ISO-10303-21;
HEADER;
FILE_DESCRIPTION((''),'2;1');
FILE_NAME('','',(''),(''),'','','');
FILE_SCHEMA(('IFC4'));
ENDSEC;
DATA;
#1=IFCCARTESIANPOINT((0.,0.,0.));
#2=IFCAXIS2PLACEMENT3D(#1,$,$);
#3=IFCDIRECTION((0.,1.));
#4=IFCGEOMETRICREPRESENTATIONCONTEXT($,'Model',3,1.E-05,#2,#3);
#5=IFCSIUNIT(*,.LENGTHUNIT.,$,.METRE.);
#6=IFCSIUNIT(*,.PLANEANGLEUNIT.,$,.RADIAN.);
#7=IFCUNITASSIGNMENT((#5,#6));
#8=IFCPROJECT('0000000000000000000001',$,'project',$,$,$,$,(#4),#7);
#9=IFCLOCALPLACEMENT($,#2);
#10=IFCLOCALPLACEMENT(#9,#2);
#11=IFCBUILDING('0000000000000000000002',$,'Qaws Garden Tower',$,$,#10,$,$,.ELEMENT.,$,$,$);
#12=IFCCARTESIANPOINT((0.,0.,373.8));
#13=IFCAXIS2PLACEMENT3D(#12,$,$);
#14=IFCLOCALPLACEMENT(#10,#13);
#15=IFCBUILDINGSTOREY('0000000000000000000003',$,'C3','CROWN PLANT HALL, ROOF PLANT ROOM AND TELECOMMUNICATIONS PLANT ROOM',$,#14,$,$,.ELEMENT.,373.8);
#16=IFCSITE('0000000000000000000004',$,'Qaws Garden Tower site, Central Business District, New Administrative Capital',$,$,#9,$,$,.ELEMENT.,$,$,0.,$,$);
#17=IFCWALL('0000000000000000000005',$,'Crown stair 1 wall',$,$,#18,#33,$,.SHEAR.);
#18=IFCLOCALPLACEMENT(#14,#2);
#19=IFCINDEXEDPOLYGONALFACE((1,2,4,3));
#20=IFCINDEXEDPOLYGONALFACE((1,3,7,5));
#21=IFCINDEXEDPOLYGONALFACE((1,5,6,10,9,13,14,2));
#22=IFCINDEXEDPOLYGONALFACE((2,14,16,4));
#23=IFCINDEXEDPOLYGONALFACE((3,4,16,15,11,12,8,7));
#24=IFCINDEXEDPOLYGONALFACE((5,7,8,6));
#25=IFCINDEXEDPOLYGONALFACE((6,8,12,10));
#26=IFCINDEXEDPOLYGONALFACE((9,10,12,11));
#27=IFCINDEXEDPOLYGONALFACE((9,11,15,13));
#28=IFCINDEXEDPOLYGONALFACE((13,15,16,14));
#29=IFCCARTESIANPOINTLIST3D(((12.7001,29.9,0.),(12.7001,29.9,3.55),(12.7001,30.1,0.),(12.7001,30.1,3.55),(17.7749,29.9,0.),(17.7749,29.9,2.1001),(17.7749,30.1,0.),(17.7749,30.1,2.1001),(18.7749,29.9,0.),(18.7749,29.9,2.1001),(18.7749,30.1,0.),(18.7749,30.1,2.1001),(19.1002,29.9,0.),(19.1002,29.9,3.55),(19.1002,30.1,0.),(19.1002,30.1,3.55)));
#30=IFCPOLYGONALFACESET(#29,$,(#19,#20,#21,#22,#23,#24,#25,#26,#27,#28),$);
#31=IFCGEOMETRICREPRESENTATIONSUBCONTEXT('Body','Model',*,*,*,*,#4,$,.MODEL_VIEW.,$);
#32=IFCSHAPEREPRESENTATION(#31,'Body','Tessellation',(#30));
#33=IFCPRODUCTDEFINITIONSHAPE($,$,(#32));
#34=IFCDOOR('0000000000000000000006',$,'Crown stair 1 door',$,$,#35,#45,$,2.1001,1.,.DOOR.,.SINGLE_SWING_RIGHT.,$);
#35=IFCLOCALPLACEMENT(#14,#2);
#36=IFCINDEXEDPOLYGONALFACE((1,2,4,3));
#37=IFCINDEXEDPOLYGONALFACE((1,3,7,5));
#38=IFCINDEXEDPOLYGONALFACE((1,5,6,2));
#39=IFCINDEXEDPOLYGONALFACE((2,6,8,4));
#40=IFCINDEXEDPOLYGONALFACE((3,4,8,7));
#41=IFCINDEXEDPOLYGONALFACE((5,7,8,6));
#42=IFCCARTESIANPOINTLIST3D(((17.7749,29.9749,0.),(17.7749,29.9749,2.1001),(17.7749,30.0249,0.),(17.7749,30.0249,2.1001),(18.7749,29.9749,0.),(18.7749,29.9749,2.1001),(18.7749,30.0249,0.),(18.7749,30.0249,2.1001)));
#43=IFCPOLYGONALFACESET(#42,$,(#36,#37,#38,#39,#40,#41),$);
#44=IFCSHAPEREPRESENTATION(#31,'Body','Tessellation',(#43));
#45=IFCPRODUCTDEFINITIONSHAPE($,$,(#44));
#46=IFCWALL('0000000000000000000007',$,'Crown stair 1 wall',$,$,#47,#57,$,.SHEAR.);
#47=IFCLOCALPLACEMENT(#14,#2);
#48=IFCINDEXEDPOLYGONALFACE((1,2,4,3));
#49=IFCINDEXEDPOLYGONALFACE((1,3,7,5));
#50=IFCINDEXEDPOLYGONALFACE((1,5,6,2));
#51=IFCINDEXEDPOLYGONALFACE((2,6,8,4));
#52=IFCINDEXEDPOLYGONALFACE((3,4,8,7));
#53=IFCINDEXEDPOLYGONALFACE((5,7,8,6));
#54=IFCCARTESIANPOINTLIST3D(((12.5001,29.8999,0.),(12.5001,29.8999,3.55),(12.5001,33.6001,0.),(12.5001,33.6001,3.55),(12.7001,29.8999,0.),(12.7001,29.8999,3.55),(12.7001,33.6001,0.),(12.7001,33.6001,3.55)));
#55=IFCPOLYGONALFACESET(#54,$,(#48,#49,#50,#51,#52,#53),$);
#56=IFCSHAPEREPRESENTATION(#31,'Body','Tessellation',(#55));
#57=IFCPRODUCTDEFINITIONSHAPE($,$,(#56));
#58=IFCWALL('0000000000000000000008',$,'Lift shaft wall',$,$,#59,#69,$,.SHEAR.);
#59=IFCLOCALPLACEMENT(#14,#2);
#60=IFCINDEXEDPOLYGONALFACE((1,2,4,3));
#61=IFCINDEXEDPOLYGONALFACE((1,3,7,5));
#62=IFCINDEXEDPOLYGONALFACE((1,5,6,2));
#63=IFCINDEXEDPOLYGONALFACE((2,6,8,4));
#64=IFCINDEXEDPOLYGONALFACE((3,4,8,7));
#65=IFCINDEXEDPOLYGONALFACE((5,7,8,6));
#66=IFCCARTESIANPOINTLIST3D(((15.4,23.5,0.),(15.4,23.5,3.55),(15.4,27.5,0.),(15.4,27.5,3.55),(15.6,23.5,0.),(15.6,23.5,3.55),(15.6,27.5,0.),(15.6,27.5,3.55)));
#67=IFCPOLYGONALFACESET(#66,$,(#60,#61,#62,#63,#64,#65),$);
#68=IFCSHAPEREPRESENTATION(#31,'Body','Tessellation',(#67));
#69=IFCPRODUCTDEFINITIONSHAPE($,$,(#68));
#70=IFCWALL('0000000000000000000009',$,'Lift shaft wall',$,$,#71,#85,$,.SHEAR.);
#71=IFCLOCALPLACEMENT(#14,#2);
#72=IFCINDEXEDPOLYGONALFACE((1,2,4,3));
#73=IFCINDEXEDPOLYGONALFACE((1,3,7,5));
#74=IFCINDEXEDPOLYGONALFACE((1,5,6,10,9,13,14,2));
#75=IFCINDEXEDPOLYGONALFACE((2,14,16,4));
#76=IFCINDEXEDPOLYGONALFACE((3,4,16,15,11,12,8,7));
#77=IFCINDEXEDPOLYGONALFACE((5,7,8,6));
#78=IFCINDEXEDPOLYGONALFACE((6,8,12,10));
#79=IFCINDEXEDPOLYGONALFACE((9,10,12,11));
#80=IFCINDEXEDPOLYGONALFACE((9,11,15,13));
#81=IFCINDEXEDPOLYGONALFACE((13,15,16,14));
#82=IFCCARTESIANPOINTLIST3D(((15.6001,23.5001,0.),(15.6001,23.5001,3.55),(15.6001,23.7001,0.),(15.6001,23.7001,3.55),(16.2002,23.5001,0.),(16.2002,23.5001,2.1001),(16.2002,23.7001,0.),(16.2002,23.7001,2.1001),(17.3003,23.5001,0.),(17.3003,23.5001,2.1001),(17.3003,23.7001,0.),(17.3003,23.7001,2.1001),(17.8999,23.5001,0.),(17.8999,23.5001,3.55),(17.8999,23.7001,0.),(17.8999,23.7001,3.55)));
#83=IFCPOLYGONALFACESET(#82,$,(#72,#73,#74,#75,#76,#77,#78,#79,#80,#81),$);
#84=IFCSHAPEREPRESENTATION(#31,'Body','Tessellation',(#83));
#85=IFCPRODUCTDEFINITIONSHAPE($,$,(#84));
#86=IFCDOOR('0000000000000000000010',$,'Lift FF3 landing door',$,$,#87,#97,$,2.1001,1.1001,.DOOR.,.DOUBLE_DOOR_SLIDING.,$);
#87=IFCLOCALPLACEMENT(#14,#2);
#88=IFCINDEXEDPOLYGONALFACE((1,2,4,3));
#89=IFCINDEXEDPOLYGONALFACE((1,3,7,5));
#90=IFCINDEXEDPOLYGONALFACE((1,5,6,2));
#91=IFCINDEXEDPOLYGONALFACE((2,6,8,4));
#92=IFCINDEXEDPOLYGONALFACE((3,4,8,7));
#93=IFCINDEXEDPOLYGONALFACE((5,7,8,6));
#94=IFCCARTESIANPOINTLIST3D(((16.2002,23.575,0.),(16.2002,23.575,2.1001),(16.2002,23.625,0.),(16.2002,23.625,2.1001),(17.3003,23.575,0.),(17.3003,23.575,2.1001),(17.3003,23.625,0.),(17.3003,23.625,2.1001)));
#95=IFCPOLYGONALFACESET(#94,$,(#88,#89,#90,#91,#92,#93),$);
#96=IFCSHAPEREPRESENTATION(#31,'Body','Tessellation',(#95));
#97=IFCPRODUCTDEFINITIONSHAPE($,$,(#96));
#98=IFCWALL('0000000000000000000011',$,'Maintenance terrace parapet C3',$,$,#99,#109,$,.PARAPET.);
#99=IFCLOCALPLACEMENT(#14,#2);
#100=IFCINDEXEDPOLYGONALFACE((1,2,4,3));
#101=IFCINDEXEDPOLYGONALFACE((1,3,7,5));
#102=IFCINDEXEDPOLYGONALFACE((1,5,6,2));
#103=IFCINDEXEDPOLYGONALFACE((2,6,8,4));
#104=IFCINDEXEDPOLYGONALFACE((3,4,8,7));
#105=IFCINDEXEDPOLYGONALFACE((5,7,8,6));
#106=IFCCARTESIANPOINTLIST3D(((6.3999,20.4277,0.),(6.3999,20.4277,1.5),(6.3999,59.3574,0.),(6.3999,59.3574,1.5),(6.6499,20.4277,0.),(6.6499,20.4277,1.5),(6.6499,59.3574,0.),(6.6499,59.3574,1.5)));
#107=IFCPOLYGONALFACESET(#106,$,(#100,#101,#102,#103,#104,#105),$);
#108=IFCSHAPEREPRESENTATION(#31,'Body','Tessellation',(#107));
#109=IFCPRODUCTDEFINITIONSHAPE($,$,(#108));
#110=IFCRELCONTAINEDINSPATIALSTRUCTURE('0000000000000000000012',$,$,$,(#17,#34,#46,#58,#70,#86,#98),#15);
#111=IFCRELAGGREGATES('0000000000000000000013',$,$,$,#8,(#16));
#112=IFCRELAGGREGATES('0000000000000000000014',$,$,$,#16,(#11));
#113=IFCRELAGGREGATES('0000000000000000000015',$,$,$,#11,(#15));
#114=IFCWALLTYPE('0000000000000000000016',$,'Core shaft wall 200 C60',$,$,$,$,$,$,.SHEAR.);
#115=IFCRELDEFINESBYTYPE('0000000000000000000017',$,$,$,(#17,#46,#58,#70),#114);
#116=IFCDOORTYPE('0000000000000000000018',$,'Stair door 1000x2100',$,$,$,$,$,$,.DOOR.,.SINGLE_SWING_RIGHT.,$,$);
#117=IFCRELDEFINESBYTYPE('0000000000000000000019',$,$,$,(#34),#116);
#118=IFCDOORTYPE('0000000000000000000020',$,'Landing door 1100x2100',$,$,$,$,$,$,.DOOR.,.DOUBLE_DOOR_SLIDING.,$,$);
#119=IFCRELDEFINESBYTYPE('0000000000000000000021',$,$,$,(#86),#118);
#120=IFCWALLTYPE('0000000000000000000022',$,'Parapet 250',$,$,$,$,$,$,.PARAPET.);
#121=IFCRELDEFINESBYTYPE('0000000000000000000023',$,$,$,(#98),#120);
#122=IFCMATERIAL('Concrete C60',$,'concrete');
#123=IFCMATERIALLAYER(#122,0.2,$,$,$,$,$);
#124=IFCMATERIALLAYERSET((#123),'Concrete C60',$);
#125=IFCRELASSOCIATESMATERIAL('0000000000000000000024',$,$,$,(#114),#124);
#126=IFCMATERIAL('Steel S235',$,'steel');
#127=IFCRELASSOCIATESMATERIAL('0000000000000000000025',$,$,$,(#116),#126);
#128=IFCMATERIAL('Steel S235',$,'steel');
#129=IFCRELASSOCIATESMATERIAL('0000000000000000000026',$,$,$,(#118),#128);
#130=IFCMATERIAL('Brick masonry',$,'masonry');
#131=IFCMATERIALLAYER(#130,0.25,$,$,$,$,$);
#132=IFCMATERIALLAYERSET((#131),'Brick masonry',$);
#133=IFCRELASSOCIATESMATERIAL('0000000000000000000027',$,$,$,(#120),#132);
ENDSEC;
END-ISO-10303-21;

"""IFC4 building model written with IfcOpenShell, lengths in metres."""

from ifc_helpers import new_model, si_unit, direction, frame, frame_2d, origin, place, context, subcontext, project, spatial, rectangle, extrude, material, layer, layer_set, type_object, element, fill, save


model = new_model("IFC4")

# Units and contexts
model_context = context("Model", 3, precision=1e-05, world=origin(), true_north=direction((0.0, 1.0)))
body_context = subcontext(model_context, "Body", "Model", "MODEL_VIEW")
ifc_project = project(units=[si_unit("LENGTHUNIT", "METRE"), si_unit("PLANEANGLEUNIT", "RADIAN")], contexts=[model_context])

# Site, building, storey
site_placement = place(None, origin())
site = spatial("IfcSite", under=ifc_project, at=site_placement, Name="Qaws Garden Tower site, Central Business District, New Administrative Capital", CompositionType="ELEMENT", RefElevation=0.0)
building_placement = place(site_placement, origin())
building = spatial("IfcBuilding", under=site, at=building_placement, Name="Qaws Garden Tower", CompositionType="ELEMENT")
storey_placement = place(building_placement, frame((0.0, 0.0, 373.8)))
storey = spatial("IfcBuildingStorey", under=building, at=storey_placement, Name="C3", Description="CROWN PLANT HALL, ROOF PLANT ROOM AND TELECOMMUNICATIONS PLANT ROOM", CompositionType="ELEMENT", Elevation=373.8)

# Wall, opening, door
ifc_material_1 = material(Name="Concrete C60", Category="concrete")
ifc_layer_1 = layer(ifc_material_1, 0.2)
ifc_layer_set_1 = layer_set([ifc_layer_1], Name="Concrete C60")
wall_type_1 = type_object("IfcWallType", Name="Core shaft wall 200 C60", PredefinedType="SHEAR", material=ifc_layer_set_1)
wall_1_placement = place(storey_placement, frame((12.7, 30.0, 0.0), z_axis=(0.0, 0.0, 1.0), x_axis=(1.0, 0.0, 0.0)))
wall_1 = element("IfcWall", 1, at=wall_1_placement, inside=storey, type_object=wall_type_1, Name="Crown stair 1 wall", PredefinedType="SHEAR", context=body_context, shape_type="SweptSolid", body=[
    extrude(rectangle(XDim=6.4001, YDim=0.2, at=frame_2d((3.2002, 0.0))), origin(), (0.0, 0.0, 1.0), 3.55),
])
opening_1_placement = place(wall_1_placement, frame((5.075, 0.0, 0.0)))
opening_1 = element("IfcOpeningElement", 2, at=opening_1_placement, cuts=wall_1, PredefinedType="OPENING", context=body_context, shape_type="SweptSolid", body=[
    extrude(rectangle(XDim=1.0, YDim=2.1001, at=frame_2d((0.5, 1.05))), frame((0.0, 0.1099, 0.0), z_axis=(0.0, -1.0, 0.0), x_axis=(1.0, 0.0, 0.0)), (0.0, 0.0, 1.0), 0.22),
])
ifc_material_2 = material(Name="Steel S235", Category="steel")
door_type_1 = type_object("IfcDoorType", Name="Stair door 1000x2100", OperationType="SINGLE_SWING_RIGHT", PredefinedType="DOOR", material=ifc_material_2)
door_1_placement = place(opening_1_placement, origin())
door_1 = element("IfcDoor", 3, at=door_1_placement, inside=storey, type_object=door_type_1, Name="Crown stair 1 door", OperationType="SINGLE_SWING_RIGHT", OverallHeight=2.1001, OverallWidth=1.0, PredefinedType="DOOR", context=body_context, shape_type="SweptSolid", body=[
    extrude(rectangle(XDim=1.0, YDim=2.1001, at=frame_2d((0.5, 1.05))), frame((0.0, 0.0249, 0.0), z_axis=(0.0, -1.0, 0.0), x_axis=(1.0, 0.0, 0.0)), (0.0, 0.0, 1.0), 0.05),
])
fill(opening_1, door_1)

# Walls
wall_2_placement = place(storey_placement, frame((12.6001, 29.8999, 0.0), z_axis=(0.0, 0.0, 1.0), x_axis=(0.0, 1.0, 0.0)))
element("IfcWall", 4, at=wall_2_placement, inside=storey, type_object=wall_type_1, Name="Crown stair 1 wall", PredefinedType="SHEAR", context=body_context, shape_type="SweptSolid", body=[
    extrude(rectangle(XDim=3.7002, YDim=0.2, at=frame_2d((1.8501, 0.0))), origin(), (0.0, 0.0, 1.0), 3.55),
])
wall_3_placement = place(storey_placement, frame((15.5, 23.5, 0.0), z_axis=(0.0, 0.0, 1.0), x_axis=(0.0, 1.0, 0.0)))
element("IfcWall", 5, at=wall_3_placement, inside=storey, type_object=wall_type_1, Name="Lift shaft wall", PredefinedType="SHEAR", context=body_context, shape_type="SweptSolid", body=[
    extrude(rectangle(XDim=4.0, YDim=0.2, at=frame_2d((2.0, 0.0))), origin(), (0.0, 0.0, 1.0), 3.55),
])

# Wall, opening, door
wall_4_placement = place(storey_placement, frame((15.6001, 23.6001, 0.0), z_axis=(0.0, 0.0, 1.0), x_axis=(1.0, 0.0, 0.0)))
wall_4 = element("IfcWall", 6, at=wall_4_placement, inside=storey, type_object=wall_type_1, Name="Lift shaft wall", PredefinedType="SHEAR", context=body_context, shape_type="SweptSolid", body=[
    extrude(rectangle(XDim=2.2998, YDim=0.2, at=frame_2d((1.1499, 0.0))), origin(), (0.0, 0.0, 1.0), 3.55),
])
opening_2_placement = place(wall_4_placement, frame((0.6001, 0.0, 0.0)))
opening_2 = element("IfcOpeningElement", 7, at=opening_2_placement, cuts=wall_4, PredefinedType="OPENING", context=body_context, shape_type="SweptSolid", body=[
    extrude(rectangle(XDim=1.1001, YDim=2.1001, at=frame_2d((0.55, 1.05))), frame((0.0, 0.1099, 0.0), z_axis=(0.0, -1.0, 0.0), x_axis=(1.0, 0.0, 0.0)), (0.0, 0.0, 1.0), 0.22),
])
ifc_material_3 = material(Name="Steel S235", Category="steel")
door_type_2 = type_object("IfcDoorType", Name="Landing door 1100x2100", OperationType="DOUBLE_DOOR_SLIDING", PredefinedType="DOOR", material=ifc_material_3)
door_2_placement = place(opening_2_placement, origin())
door_2 = element("IfcDoor", 8, at=door_2_placement, inside=storey, type_object=door_type_2, Name="Lift FF3 landing door", OperationType="DOUBLE_DOOR_SLIDING", OverallHeight=2.1001, OverallWidth=1.1001, PredefinedType="DOOR", context=body_context, shape_type="SweptSolid", body=[
    extrude(rectangle(XDim=1.1001, YDim=2.1001, at=frame_2d((0.55, 1.05))), frame((0.0, 0.0249, 0.0), z_axis=(0.0, -1.0, 0.0), x_axis=(1.0, 0.0, 0.0)), (0.0, 0.0, 1.0), 0.05),
])
fill(opening_2, door_2)

# Wall
ifc_material_4 = material(Name="Brick masonry", Category="masonry")
ifc_layer_2 = layer(ifc_material_4, 0.25)
ifc_layer_set_2 = layer_set([ifc_layer_2], Name="Brick masonry")
wall_type_2 = type_object("IfcWallType", Name="Parapet 250", PredefinedType="PARAPET", material=ifc_layer_set_2)
wall_5_placement = place(storey_placement, frame((6.5249, 20.4277, 0.0), z_axis=(0.0, 0.0, 1.0), x_axis=(0.0, 1.0, 0.0)))
element("IfcWall", 9, at=wall_5_placement, inside=storey, type_object=wall_type_2, Name="Maintenance terrace parapet C3", PredefinedType="PARAPET", context=body_context, shape_type="SweptSolid", body=[
    extrude(rectangle(XDim=38.9297, YDim=0.25, at=frame_2d((19.4648, 0.0))), origin(), (0.0, 0.0, 1.0), 1.5),
])

save(model, "model.ifc")
